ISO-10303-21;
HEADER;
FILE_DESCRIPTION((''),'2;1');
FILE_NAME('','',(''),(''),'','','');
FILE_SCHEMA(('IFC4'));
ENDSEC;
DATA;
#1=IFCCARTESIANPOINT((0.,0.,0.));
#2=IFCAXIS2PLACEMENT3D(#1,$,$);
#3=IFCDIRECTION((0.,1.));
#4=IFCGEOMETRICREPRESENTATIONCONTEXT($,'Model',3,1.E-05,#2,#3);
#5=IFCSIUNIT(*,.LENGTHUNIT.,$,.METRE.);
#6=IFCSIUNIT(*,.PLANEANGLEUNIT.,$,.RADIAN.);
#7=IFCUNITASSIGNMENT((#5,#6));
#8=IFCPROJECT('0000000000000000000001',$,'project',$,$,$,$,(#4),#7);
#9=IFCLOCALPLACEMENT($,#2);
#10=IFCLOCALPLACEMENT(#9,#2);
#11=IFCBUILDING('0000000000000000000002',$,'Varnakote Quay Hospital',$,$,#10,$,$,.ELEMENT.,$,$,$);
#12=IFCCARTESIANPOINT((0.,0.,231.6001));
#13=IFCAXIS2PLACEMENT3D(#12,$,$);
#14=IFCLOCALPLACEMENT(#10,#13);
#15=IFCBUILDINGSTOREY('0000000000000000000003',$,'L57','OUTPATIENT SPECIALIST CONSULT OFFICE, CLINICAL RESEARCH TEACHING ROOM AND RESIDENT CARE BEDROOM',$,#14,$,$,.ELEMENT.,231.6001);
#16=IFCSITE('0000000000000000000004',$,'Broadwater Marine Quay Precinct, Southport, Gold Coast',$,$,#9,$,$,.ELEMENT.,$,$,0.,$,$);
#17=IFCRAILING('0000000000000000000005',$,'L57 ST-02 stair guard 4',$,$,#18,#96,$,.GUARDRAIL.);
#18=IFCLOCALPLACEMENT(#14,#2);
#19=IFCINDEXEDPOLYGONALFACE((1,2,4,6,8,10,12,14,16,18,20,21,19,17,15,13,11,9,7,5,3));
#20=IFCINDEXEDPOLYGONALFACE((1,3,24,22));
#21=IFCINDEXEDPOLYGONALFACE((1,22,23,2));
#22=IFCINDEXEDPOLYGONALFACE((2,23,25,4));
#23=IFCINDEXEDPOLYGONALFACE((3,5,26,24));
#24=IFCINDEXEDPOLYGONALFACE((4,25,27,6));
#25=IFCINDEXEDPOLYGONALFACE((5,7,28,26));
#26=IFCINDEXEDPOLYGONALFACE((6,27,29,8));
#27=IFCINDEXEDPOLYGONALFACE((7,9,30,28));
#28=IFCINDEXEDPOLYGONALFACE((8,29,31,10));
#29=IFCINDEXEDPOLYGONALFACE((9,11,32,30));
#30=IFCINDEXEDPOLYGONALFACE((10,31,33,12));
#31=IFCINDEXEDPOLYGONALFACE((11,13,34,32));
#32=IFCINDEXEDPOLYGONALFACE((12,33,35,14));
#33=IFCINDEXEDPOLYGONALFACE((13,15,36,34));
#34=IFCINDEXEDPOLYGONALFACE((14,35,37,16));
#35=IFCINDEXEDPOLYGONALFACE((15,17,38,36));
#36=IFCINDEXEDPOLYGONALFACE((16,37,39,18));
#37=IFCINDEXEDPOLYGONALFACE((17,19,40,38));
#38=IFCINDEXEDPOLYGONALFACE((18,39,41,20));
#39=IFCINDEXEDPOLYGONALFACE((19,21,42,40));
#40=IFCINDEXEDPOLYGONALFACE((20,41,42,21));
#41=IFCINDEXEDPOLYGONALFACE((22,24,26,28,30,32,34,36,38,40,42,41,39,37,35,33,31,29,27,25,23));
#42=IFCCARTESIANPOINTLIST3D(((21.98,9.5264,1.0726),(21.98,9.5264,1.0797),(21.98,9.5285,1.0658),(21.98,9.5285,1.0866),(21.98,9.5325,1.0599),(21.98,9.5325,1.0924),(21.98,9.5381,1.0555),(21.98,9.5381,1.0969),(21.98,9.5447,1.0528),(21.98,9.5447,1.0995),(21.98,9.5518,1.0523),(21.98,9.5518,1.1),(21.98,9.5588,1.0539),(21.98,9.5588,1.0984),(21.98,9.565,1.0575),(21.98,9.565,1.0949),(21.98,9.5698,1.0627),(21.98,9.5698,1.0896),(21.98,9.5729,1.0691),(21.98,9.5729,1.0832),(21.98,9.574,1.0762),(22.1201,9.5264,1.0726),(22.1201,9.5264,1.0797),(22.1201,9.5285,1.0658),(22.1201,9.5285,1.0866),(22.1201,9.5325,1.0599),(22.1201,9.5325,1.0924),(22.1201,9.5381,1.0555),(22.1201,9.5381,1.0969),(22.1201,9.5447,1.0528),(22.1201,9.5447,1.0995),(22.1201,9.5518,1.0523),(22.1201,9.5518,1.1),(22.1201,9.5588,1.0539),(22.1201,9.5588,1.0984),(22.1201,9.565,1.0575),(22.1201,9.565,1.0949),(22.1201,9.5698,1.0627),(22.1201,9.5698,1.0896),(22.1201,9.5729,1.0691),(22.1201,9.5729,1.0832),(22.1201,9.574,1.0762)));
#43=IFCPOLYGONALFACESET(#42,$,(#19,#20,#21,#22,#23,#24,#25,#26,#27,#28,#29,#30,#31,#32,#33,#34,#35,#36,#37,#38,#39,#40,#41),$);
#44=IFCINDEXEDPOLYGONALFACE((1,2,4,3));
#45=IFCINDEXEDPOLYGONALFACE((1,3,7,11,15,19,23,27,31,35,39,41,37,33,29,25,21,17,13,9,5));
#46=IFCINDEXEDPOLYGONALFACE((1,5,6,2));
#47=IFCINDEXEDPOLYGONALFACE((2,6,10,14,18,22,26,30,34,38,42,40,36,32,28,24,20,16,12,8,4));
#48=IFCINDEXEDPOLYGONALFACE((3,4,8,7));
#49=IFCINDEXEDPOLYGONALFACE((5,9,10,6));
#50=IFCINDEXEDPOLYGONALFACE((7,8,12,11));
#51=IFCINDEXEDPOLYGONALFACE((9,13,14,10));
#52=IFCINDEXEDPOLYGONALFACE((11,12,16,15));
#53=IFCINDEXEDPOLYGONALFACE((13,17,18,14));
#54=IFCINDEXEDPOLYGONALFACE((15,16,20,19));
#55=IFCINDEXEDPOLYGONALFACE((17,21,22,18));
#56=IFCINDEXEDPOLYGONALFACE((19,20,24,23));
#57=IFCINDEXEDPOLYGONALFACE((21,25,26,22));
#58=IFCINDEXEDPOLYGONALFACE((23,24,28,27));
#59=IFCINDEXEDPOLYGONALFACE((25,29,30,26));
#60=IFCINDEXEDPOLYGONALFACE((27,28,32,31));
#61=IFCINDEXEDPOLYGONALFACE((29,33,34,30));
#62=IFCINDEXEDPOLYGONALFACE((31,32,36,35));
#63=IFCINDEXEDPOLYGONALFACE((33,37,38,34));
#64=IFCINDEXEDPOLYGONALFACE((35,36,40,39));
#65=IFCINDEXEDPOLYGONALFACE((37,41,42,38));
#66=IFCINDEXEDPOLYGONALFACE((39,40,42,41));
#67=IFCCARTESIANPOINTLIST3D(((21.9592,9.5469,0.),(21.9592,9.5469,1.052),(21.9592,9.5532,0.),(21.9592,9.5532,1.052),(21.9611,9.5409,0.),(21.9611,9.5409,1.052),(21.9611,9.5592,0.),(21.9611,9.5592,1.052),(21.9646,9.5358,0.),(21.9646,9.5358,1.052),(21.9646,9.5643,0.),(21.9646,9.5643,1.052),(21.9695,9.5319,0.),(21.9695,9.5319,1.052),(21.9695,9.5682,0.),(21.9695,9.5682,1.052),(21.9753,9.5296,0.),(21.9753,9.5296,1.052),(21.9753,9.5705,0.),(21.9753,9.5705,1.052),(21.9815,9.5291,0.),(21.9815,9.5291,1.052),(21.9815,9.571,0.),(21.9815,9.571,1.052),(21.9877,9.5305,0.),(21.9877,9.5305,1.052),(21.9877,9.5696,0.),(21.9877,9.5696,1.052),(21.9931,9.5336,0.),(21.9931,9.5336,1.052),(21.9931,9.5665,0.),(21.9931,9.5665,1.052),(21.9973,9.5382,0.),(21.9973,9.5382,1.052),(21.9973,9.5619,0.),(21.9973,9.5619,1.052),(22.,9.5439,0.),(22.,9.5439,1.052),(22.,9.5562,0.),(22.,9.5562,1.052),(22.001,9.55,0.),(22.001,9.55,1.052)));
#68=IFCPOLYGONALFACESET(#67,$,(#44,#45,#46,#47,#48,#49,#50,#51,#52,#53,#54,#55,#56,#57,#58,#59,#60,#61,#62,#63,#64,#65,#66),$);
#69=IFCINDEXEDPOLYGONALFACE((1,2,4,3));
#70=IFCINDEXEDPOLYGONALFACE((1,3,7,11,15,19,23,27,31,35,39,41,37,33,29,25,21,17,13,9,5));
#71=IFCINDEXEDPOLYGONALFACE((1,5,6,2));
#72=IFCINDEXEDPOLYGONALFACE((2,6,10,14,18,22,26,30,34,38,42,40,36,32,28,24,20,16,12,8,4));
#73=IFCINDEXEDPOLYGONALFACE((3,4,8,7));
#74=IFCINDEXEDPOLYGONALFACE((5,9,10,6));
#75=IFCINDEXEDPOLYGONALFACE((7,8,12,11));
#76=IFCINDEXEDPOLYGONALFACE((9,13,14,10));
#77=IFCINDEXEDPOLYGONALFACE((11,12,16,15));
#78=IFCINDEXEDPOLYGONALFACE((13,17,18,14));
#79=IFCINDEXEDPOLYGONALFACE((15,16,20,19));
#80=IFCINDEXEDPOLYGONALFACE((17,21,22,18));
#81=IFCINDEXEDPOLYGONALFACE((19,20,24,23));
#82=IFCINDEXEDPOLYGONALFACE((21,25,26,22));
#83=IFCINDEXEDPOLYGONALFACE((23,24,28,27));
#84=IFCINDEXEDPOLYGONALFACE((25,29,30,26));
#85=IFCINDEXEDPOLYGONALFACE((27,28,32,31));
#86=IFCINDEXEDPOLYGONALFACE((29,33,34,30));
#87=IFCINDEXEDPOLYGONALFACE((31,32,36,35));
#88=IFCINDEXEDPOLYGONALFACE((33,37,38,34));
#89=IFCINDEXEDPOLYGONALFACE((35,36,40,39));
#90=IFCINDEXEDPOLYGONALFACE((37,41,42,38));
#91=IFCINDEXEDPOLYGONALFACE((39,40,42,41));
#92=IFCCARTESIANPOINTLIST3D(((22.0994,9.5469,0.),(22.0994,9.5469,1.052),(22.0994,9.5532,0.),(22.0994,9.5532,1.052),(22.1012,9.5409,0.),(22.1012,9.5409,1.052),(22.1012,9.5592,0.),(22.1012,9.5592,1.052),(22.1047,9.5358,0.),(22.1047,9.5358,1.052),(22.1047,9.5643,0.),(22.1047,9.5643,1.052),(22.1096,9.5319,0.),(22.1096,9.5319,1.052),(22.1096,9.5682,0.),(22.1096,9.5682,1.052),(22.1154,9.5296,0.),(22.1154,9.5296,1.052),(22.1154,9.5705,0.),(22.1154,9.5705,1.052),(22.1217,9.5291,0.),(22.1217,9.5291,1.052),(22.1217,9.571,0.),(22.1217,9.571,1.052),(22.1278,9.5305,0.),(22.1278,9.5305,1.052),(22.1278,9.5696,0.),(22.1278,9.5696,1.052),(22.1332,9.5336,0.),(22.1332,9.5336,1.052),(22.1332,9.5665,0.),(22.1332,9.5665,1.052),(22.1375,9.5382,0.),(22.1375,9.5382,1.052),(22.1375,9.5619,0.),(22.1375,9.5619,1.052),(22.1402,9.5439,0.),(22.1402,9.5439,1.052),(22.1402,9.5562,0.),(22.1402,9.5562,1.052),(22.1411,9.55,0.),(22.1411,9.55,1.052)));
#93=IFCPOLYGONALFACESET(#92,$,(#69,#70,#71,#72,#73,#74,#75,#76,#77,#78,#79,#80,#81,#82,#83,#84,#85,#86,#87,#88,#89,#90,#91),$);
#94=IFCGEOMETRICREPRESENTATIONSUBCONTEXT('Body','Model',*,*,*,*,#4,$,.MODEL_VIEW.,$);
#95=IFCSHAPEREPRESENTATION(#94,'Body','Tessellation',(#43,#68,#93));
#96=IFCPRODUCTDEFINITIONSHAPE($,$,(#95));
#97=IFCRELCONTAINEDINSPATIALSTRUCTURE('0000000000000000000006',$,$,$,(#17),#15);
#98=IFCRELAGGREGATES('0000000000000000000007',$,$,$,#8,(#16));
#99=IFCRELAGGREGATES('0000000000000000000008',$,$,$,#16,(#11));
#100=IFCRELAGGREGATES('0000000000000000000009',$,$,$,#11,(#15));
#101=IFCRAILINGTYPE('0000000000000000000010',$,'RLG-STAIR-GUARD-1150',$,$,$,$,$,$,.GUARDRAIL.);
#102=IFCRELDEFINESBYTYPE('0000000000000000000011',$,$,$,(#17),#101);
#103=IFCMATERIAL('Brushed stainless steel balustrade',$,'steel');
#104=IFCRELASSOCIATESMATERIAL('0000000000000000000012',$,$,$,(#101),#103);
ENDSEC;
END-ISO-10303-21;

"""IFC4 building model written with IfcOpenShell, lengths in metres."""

from ifc_helpers import new_model, si_unit, direction, frame, origin, origin_2d, place, context, subcontext, project, spatial, circle, extrude, material, type_object, element, save


model = new_model("IFC4")

# Units and contexts
model_context = context("Model", 3, precision=1e-05, world=origin(), true_north=direction((0.0, 1.0)))
body_context = subcontext(model_context, "Body", "Model", "MODEL_VIEW")
ifc_project = project(units=[si_unit("LENGTHUNIT", "METRE"), si_unit("PLANEANGLEUNIT", "RADIAN")], contexts=[model_context])

# Site, building, storey
site_placement = place(None, origin())
site = spatial("IfcSite", under=ifc_project, at=site_placement, Name="Broadwater Marine Quay Precinct, Southport, Gold Coast", CompositionType="ELEMENT", RefElevation=0.0)
building_placement = place(site_placement, origin())
building = spatial("IfcBuilding", under=site, at=building_placement, Name="Varnakote Quay Hospital", CompositionType="ELEMENT")
storey_placement = place(building_placement, frame((0.0, 0.0, 231.6001)))
storey = spatial("IfcBuildingStorey", under=building, at=storey_placement, Name="L57", Description="OUTPATIENT SPECIALIST CONSULT OFFICE, CLINICAL RESEARCH TEACHING ROOM AND RESIDENT CARE BEDROOM", CompositionType="ELEMENT", Elevation=231.6001)

# Railing
ifc_material_1 = material(Name="Brushed stainless steel balustrade", Category="steel")
railing_type_1 = type_object("IfcRailingType", Name="RLG-STAIR-GUARD-1150", PredefinedType="GUARDRAIL", material=ifc_material_1)
railing_1_placement = place(storey_placement, frame((21.98, 9.55, 0.0)))
element("IfcRailing", 1, at=railing_1_placement, inside=storey, type_object=railing_type_1, Name="L57 ST-02 stair guard 4", PredefinedType="GUARDRAIL", context=body_context, shape_type="SweptSolid", body=[
    extrude(circle(Radius=0.0239, at=origin_2d()), frame((0.0, 0.0, 1.0762), z_axis=(1.0, 0.0, 0.0), x_axis=(0.0, 1.0, 0.0)), (0.0, 0.0, 1.0), 0.1401),
    extrude(circle(Radius=0.021, at=origin_2d()), origin(), (0.0, 0.0, 1.0), 1.052),
    extrude(circle(Radius=0.021, at=origin_2d()), frame((0.1401, 0.0, 0.0)), (0.0, 0.0, 1.0), 1.052),
])

save(model, "model.ifc")
